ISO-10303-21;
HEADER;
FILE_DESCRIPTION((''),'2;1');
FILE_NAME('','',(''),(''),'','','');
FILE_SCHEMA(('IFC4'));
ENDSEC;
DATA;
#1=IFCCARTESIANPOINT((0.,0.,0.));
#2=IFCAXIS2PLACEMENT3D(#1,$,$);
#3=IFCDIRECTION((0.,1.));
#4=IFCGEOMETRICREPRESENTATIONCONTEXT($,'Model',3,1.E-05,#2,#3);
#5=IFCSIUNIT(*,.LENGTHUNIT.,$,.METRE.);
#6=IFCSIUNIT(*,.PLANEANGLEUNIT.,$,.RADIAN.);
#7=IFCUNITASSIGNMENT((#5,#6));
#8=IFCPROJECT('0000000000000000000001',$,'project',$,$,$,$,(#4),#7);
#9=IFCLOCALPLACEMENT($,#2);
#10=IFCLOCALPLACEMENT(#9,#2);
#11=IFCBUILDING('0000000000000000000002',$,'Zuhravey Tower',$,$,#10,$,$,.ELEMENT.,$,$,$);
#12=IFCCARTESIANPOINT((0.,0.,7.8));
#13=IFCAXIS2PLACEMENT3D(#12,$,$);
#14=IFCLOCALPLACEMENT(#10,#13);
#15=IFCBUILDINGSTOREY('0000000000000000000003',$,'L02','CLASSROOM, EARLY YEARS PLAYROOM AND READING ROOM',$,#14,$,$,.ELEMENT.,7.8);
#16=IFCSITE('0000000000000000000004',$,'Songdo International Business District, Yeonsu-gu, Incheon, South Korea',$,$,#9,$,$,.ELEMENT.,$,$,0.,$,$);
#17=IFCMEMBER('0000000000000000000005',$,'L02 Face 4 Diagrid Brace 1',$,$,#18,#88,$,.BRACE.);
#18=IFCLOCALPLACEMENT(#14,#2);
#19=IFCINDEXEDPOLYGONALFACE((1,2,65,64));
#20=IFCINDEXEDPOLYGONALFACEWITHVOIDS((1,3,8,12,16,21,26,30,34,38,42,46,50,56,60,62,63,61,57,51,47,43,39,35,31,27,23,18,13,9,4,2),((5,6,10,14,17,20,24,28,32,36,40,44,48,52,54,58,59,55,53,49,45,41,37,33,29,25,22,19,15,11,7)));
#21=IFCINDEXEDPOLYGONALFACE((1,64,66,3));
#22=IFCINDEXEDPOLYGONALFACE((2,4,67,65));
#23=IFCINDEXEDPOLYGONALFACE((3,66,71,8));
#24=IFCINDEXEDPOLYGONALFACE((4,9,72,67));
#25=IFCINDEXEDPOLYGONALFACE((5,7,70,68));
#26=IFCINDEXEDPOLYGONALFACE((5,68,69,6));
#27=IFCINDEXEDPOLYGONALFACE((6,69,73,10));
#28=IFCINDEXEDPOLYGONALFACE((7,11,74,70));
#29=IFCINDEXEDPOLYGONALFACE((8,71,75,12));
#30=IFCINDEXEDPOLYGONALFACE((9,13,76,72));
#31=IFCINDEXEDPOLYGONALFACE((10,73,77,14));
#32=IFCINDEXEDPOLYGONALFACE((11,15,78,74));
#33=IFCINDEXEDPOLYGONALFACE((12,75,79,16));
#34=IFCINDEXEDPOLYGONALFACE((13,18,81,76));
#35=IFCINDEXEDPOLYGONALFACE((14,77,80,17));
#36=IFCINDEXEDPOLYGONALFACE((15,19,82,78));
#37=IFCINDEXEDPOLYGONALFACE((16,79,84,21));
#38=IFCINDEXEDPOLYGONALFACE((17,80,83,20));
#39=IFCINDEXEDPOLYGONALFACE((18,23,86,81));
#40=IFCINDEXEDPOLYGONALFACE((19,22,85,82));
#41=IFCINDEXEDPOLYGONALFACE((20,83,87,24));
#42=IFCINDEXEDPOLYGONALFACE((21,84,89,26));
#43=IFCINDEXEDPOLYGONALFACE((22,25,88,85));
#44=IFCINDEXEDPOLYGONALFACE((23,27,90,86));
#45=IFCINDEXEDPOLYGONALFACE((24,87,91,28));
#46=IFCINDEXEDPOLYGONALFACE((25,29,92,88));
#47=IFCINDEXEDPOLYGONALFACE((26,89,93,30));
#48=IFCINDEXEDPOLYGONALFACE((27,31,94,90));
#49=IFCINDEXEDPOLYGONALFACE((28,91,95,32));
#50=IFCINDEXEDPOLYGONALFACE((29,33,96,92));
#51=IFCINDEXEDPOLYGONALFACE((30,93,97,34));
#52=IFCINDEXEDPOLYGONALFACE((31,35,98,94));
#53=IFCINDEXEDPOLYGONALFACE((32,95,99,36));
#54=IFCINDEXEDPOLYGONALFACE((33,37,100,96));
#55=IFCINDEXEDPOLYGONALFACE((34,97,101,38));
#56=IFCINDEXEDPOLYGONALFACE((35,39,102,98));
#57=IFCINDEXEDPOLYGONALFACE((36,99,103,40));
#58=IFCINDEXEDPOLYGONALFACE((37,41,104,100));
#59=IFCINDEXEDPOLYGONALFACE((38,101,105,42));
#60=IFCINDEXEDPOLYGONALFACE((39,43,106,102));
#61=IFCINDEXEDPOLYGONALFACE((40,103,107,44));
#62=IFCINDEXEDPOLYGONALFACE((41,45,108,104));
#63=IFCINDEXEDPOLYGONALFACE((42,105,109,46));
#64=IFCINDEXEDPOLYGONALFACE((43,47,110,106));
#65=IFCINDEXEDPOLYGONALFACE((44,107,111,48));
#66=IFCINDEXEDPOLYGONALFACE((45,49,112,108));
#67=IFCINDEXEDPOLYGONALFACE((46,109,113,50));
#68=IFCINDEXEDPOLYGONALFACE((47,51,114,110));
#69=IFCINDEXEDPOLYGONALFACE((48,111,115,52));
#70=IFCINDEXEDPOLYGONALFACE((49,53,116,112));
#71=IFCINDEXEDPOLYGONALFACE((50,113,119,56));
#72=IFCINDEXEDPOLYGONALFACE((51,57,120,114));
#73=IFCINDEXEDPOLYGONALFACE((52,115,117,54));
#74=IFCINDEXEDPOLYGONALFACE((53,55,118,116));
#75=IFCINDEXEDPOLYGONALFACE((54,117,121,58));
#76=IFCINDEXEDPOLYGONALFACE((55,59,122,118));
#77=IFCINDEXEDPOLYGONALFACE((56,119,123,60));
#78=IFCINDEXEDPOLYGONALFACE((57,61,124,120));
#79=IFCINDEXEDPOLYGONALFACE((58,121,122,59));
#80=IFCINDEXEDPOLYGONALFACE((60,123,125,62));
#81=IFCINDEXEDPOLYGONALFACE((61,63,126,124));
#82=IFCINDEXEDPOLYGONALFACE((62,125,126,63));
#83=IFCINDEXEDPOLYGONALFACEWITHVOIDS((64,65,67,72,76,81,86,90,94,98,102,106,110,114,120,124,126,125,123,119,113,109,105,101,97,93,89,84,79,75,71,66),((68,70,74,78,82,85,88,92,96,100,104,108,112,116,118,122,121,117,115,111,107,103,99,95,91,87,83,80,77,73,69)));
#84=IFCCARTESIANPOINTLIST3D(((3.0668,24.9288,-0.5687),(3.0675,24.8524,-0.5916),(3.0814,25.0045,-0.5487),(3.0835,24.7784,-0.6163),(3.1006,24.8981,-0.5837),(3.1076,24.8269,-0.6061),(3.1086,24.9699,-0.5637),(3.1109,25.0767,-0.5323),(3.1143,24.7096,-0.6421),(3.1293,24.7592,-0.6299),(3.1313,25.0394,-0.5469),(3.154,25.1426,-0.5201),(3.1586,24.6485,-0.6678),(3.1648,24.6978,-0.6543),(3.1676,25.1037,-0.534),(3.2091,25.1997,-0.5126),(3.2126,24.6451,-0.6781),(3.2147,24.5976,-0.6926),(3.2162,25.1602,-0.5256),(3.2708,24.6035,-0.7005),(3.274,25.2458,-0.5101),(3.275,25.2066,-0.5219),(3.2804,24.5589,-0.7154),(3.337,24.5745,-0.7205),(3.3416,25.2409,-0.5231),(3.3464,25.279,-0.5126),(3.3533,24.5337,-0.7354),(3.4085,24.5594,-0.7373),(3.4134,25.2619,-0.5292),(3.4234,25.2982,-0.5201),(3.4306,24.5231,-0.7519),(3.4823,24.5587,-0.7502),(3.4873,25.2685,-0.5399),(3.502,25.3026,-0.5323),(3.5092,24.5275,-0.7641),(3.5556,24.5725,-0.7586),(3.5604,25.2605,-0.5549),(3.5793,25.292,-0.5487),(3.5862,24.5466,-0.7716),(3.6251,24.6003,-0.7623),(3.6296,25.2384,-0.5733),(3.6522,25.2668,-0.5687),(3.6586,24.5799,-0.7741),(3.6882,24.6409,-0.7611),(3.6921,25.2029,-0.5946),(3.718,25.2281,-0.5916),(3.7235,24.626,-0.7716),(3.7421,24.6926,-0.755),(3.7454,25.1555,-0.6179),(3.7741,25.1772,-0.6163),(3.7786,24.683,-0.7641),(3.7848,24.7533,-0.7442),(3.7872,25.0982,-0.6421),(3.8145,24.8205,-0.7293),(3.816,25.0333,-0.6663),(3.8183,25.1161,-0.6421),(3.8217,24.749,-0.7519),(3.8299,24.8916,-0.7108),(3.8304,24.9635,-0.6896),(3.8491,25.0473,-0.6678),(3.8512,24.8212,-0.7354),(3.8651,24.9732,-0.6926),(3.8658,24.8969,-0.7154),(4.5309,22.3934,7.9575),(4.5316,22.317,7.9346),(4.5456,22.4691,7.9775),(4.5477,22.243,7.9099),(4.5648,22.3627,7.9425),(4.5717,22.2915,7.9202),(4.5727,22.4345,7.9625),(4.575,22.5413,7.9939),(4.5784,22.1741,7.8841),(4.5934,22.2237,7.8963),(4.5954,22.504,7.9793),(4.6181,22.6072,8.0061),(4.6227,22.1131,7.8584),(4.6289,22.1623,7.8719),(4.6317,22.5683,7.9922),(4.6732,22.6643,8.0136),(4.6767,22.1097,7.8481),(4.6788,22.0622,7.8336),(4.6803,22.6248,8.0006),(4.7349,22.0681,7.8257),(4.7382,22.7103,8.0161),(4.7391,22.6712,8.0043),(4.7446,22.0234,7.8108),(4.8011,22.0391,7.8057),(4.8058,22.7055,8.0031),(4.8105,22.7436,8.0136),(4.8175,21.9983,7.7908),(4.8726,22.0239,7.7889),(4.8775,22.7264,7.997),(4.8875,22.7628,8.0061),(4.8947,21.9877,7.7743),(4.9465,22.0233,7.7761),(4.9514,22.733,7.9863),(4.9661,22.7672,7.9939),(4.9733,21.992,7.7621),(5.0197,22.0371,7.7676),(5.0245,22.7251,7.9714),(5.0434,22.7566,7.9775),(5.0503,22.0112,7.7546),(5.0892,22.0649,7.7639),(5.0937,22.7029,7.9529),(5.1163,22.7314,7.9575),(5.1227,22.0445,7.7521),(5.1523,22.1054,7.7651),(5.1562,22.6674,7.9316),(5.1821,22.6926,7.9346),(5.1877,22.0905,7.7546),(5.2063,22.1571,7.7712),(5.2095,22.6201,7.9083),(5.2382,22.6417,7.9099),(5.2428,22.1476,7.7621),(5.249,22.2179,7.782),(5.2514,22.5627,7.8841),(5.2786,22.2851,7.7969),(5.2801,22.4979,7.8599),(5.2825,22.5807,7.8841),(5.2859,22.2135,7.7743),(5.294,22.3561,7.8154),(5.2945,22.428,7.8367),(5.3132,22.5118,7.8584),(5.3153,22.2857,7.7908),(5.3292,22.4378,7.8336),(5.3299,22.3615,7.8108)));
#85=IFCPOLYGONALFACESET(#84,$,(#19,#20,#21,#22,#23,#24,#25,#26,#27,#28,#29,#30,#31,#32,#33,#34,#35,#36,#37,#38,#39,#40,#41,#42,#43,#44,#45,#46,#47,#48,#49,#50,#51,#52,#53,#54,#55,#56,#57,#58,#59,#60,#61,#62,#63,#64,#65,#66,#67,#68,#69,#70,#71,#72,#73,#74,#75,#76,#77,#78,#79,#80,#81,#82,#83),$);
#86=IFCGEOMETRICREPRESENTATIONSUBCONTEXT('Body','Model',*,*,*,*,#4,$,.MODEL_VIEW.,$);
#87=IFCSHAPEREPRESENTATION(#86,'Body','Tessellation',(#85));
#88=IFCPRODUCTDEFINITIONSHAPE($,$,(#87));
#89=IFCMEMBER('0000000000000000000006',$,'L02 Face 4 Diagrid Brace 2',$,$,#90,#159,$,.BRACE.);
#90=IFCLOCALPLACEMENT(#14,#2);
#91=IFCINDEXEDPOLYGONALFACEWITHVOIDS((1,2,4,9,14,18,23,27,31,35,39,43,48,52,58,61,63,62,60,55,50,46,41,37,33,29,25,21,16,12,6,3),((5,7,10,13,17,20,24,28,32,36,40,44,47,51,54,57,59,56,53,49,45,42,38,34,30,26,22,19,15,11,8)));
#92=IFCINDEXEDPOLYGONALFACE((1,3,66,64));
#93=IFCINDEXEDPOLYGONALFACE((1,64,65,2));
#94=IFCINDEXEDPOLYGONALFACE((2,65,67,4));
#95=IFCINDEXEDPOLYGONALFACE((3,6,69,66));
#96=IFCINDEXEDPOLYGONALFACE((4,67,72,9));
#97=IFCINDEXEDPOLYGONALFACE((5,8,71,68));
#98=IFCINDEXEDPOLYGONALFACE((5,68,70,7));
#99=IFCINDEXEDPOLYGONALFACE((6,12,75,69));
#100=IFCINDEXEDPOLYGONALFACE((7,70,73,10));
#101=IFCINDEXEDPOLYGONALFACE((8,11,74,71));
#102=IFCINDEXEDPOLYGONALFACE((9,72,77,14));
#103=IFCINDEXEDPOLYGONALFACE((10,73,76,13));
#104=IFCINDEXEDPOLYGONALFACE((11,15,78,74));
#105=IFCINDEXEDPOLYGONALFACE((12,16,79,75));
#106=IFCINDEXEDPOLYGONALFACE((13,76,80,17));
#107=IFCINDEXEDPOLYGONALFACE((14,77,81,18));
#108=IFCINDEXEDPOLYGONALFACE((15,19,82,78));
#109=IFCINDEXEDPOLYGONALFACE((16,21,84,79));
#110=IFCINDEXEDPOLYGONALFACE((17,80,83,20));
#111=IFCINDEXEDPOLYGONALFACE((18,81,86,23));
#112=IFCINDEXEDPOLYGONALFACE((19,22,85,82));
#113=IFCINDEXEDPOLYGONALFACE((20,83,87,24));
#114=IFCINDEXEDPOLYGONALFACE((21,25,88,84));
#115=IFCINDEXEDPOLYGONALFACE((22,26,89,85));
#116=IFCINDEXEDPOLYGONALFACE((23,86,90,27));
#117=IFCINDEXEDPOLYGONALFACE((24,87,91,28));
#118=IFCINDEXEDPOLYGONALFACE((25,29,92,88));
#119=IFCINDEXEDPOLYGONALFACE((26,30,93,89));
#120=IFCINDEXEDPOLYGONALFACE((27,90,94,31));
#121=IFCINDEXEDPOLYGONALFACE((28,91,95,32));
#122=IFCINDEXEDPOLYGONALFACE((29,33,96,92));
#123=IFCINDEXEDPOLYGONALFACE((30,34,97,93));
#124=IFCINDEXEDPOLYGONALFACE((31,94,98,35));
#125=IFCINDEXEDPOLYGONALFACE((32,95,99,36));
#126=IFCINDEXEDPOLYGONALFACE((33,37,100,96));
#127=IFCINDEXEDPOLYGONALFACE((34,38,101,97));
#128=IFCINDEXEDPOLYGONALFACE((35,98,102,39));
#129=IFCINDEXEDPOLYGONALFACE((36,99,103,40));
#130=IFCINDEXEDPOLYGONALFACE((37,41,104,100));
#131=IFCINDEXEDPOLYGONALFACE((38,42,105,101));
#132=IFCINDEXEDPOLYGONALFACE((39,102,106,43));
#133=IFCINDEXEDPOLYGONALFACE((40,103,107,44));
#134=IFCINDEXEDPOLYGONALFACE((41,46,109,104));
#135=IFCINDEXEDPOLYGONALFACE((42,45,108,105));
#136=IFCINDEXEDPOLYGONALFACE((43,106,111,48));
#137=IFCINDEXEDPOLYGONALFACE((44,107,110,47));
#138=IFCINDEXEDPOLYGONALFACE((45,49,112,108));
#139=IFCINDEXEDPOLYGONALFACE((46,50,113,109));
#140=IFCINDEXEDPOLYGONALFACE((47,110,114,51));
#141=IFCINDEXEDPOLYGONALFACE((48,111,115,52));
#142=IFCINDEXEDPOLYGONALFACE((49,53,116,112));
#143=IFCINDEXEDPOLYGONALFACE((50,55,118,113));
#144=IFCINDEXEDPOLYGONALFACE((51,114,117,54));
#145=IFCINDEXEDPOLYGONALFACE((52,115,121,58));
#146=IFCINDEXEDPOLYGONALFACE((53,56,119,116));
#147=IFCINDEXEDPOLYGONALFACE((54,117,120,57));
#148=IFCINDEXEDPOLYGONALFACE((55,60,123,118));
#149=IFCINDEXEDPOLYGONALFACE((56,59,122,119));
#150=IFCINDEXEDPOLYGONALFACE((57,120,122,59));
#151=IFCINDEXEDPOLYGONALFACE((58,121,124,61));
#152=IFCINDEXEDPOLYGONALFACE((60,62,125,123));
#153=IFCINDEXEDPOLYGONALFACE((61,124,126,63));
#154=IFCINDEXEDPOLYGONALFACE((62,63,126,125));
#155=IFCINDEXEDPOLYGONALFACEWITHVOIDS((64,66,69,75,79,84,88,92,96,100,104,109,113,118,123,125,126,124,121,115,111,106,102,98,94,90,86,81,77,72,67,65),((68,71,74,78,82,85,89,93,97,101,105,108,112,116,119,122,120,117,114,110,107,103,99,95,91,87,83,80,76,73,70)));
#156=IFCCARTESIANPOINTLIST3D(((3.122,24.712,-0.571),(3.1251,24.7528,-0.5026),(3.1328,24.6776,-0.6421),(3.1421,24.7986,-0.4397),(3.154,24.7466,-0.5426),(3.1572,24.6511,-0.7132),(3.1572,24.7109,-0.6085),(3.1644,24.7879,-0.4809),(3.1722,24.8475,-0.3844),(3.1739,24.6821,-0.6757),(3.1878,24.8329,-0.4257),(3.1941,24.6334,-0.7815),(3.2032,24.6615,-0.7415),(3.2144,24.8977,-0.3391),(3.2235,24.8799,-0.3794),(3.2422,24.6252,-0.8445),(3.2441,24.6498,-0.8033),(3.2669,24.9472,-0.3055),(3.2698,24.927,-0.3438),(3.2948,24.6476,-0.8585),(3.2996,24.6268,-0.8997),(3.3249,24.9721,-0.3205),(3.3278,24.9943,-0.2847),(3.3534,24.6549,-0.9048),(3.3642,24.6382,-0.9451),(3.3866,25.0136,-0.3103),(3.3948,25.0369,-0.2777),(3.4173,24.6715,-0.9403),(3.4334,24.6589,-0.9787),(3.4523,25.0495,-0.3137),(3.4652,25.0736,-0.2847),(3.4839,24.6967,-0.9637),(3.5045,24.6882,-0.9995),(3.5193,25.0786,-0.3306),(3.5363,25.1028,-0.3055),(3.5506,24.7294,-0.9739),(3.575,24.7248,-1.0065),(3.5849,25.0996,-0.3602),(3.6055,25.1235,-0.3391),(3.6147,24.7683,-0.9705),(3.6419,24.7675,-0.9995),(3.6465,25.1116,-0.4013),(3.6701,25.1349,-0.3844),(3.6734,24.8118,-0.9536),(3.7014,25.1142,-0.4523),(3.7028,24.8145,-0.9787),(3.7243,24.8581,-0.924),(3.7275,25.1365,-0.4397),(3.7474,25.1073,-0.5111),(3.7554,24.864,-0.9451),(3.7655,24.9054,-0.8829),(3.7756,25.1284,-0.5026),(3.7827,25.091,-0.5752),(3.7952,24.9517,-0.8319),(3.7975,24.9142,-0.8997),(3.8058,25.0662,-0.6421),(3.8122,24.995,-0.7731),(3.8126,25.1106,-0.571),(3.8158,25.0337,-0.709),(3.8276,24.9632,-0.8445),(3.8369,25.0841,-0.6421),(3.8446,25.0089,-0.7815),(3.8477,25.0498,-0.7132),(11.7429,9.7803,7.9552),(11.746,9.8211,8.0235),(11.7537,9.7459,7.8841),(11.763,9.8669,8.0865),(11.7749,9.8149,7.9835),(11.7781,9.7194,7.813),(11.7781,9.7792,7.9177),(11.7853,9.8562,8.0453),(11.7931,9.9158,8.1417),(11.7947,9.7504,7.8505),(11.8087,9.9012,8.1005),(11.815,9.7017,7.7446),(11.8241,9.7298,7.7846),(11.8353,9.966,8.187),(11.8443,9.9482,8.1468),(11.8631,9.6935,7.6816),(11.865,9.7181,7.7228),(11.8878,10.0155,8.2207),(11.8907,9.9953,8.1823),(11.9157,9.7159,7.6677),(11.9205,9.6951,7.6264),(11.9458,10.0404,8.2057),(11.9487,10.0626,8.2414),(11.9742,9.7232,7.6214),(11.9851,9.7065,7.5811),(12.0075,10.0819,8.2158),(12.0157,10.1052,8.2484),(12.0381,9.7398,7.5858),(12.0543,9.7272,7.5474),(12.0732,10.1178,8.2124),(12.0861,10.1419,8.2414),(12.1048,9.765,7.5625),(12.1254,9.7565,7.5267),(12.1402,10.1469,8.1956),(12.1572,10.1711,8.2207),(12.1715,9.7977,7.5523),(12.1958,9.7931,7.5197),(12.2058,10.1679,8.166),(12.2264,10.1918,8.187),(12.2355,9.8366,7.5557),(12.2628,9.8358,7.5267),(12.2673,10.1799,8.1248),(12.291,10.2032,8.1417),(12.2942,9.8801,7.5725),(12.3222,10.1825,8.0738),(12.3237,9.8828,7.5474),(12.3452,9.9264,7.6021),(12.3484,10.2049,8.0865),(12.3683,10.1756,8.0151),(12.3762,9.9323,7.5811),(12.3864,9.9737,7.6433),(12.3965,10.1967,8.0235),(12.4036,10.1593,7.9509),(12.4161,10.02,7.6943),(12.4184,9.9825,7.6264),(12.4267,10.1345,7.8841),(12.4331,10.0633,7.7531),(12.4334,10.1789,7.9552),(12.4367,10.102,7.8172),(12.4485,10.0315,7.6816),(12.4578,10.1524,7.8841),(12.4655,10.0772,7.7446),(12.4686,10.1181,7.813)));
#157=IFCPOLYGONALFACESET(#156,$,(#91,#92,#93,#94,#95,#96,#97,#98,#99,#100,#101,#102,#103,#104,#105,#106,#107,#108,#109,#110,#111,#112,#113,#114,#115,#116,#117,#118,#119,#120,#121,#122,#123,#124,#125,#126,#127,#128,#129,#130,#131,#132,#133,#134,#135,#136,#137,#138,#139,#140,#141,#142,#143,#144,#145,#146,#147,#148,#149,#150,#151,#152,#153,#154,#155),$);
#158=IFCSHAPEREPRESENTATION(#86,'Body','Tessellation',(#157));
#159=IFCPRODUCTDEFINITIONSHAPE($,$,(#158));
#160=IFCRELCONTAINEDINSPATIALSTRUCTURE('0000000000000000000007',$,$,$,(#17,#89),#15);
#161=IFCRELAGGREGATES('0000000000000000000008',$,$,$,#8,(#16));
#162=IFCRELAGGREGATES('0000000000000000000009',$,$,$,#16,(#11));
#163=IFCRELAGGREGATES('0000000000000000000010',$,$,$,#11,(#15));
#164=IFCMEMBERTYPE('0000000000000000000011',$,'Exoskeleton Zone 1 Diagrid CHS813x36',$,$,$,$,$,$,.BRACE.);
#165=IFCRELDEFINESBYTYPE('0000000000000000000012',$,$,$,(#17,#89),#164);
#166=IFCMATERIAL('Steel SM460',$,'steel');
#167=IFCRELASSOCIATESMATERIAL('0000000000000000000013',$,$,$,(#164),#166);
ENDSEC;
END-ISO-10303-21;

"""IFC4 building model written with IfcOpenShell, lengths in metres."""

from ifc_helpers import new_model, si_unit, direction, frame, origin, origin_2d, place, context, subcontext, project, spatial, hollow_circle, extrude, material, material_profile, profile_set, type_object, element, save


model = new_model("IFC4")

# Units and contexts
model_context = context("Model", 3, precision=1e-05, world=origin(), true_north=direction((0.0, 1.0)))
body_context = subcontext(model_context, "Body", "Model", "MODEL_VIEW")
ifc_project = project(units=[si_unit("LENGTHUNIT", "METRE"), si_unit("PLANEANGLEUNIT", "RADIAN")], contexts=[model_context])

# Site, building, storey
site_placement = place(None, origin())
site = spatial("IfcSite", under=ifc_project, at=site_placement, Name="Songdo International Business District, Yeonsu-gu, Incheon, South Korea", CompositionType="ELEMENT", RefElevation=0.0)
building_placement = place(site_placement, origin())
building = spatial("IfcBuilding", under=site, at=building_placement, Name="Zuhravey Tower", CompositionType="ELEMENT")
storey_placement = place(building_placement, frame((0.0, 0.0, 7.8)))
storey = spatial("IfcBuildingStorey", under=building, at=storey_placement, Name="L02", Description="CLASSROOM, EARLY YEARS PLAYROOM AND READING ROOM", CompositionType="ELEMENT", Elevation=7.8)

# Members
ifc_material_1 = material(Name="Steel SM460", Category="steel")
ifc_material_profile_1 = material_profile(ifc_material_1, hollow_circle(Radius=0.4065, WallThickness=0.0359, at=origin_2d()), Name="CHS-812.8x36")
ifc_profile_set_1 = profile_set([ifc_material_profile_1], Name="Steel SM460")
member_type_1 = type_object("IfcMemberType", Name="Exoskeleton Zone 1 Diagrid CHS813x36", PredefinedType="BRACE", material=ifc_profile_set_1)
member_1_placement = place(storey_placement, frame((3.4663, 24.9128, -0.6421), z_axis=(0.162412, -0.281249, 0.945792), x_axis=(0.865981, 0.500076, 0.0)))
element("IfcMember", 1, at=member_1_placement, inside=storey, type_object=member_type_1, Name="L02 Face 4 Diagrid Brace 1", PredefinedType="BRACE", context=body_context, shape_type="SweptSolid", body=[
    extrude(hollow_circle(Radius=0.4065, WallThickness=0.0359, at=origin_2d()), origin(), (0.0, 0.0, 1.0), 9.0149),
])
member_2_placement = place(storey_placement, frame((3.4849, 24.8809, -0.6421), z_axis=(0.448196, -0.776293, 0.443271), x_axis=(0.866024, 0.500003, 0.0)))
element("IfcMember", 2, at=member_2_placement, inside=storey, type_object=member_type_1, Name="L02 Face 4 Diagrid Brace 2", PredefinedType="BRACE", context=body_context, shape_type="SweptSolid", body=[
    extrude(hollow_circle(Radius=0.4065, WallThickness=0.0359, at=origin_2d()), origin(), (0.0, 0.0, 1.0), 19.2346),
])

save(model, "model.ifc")
